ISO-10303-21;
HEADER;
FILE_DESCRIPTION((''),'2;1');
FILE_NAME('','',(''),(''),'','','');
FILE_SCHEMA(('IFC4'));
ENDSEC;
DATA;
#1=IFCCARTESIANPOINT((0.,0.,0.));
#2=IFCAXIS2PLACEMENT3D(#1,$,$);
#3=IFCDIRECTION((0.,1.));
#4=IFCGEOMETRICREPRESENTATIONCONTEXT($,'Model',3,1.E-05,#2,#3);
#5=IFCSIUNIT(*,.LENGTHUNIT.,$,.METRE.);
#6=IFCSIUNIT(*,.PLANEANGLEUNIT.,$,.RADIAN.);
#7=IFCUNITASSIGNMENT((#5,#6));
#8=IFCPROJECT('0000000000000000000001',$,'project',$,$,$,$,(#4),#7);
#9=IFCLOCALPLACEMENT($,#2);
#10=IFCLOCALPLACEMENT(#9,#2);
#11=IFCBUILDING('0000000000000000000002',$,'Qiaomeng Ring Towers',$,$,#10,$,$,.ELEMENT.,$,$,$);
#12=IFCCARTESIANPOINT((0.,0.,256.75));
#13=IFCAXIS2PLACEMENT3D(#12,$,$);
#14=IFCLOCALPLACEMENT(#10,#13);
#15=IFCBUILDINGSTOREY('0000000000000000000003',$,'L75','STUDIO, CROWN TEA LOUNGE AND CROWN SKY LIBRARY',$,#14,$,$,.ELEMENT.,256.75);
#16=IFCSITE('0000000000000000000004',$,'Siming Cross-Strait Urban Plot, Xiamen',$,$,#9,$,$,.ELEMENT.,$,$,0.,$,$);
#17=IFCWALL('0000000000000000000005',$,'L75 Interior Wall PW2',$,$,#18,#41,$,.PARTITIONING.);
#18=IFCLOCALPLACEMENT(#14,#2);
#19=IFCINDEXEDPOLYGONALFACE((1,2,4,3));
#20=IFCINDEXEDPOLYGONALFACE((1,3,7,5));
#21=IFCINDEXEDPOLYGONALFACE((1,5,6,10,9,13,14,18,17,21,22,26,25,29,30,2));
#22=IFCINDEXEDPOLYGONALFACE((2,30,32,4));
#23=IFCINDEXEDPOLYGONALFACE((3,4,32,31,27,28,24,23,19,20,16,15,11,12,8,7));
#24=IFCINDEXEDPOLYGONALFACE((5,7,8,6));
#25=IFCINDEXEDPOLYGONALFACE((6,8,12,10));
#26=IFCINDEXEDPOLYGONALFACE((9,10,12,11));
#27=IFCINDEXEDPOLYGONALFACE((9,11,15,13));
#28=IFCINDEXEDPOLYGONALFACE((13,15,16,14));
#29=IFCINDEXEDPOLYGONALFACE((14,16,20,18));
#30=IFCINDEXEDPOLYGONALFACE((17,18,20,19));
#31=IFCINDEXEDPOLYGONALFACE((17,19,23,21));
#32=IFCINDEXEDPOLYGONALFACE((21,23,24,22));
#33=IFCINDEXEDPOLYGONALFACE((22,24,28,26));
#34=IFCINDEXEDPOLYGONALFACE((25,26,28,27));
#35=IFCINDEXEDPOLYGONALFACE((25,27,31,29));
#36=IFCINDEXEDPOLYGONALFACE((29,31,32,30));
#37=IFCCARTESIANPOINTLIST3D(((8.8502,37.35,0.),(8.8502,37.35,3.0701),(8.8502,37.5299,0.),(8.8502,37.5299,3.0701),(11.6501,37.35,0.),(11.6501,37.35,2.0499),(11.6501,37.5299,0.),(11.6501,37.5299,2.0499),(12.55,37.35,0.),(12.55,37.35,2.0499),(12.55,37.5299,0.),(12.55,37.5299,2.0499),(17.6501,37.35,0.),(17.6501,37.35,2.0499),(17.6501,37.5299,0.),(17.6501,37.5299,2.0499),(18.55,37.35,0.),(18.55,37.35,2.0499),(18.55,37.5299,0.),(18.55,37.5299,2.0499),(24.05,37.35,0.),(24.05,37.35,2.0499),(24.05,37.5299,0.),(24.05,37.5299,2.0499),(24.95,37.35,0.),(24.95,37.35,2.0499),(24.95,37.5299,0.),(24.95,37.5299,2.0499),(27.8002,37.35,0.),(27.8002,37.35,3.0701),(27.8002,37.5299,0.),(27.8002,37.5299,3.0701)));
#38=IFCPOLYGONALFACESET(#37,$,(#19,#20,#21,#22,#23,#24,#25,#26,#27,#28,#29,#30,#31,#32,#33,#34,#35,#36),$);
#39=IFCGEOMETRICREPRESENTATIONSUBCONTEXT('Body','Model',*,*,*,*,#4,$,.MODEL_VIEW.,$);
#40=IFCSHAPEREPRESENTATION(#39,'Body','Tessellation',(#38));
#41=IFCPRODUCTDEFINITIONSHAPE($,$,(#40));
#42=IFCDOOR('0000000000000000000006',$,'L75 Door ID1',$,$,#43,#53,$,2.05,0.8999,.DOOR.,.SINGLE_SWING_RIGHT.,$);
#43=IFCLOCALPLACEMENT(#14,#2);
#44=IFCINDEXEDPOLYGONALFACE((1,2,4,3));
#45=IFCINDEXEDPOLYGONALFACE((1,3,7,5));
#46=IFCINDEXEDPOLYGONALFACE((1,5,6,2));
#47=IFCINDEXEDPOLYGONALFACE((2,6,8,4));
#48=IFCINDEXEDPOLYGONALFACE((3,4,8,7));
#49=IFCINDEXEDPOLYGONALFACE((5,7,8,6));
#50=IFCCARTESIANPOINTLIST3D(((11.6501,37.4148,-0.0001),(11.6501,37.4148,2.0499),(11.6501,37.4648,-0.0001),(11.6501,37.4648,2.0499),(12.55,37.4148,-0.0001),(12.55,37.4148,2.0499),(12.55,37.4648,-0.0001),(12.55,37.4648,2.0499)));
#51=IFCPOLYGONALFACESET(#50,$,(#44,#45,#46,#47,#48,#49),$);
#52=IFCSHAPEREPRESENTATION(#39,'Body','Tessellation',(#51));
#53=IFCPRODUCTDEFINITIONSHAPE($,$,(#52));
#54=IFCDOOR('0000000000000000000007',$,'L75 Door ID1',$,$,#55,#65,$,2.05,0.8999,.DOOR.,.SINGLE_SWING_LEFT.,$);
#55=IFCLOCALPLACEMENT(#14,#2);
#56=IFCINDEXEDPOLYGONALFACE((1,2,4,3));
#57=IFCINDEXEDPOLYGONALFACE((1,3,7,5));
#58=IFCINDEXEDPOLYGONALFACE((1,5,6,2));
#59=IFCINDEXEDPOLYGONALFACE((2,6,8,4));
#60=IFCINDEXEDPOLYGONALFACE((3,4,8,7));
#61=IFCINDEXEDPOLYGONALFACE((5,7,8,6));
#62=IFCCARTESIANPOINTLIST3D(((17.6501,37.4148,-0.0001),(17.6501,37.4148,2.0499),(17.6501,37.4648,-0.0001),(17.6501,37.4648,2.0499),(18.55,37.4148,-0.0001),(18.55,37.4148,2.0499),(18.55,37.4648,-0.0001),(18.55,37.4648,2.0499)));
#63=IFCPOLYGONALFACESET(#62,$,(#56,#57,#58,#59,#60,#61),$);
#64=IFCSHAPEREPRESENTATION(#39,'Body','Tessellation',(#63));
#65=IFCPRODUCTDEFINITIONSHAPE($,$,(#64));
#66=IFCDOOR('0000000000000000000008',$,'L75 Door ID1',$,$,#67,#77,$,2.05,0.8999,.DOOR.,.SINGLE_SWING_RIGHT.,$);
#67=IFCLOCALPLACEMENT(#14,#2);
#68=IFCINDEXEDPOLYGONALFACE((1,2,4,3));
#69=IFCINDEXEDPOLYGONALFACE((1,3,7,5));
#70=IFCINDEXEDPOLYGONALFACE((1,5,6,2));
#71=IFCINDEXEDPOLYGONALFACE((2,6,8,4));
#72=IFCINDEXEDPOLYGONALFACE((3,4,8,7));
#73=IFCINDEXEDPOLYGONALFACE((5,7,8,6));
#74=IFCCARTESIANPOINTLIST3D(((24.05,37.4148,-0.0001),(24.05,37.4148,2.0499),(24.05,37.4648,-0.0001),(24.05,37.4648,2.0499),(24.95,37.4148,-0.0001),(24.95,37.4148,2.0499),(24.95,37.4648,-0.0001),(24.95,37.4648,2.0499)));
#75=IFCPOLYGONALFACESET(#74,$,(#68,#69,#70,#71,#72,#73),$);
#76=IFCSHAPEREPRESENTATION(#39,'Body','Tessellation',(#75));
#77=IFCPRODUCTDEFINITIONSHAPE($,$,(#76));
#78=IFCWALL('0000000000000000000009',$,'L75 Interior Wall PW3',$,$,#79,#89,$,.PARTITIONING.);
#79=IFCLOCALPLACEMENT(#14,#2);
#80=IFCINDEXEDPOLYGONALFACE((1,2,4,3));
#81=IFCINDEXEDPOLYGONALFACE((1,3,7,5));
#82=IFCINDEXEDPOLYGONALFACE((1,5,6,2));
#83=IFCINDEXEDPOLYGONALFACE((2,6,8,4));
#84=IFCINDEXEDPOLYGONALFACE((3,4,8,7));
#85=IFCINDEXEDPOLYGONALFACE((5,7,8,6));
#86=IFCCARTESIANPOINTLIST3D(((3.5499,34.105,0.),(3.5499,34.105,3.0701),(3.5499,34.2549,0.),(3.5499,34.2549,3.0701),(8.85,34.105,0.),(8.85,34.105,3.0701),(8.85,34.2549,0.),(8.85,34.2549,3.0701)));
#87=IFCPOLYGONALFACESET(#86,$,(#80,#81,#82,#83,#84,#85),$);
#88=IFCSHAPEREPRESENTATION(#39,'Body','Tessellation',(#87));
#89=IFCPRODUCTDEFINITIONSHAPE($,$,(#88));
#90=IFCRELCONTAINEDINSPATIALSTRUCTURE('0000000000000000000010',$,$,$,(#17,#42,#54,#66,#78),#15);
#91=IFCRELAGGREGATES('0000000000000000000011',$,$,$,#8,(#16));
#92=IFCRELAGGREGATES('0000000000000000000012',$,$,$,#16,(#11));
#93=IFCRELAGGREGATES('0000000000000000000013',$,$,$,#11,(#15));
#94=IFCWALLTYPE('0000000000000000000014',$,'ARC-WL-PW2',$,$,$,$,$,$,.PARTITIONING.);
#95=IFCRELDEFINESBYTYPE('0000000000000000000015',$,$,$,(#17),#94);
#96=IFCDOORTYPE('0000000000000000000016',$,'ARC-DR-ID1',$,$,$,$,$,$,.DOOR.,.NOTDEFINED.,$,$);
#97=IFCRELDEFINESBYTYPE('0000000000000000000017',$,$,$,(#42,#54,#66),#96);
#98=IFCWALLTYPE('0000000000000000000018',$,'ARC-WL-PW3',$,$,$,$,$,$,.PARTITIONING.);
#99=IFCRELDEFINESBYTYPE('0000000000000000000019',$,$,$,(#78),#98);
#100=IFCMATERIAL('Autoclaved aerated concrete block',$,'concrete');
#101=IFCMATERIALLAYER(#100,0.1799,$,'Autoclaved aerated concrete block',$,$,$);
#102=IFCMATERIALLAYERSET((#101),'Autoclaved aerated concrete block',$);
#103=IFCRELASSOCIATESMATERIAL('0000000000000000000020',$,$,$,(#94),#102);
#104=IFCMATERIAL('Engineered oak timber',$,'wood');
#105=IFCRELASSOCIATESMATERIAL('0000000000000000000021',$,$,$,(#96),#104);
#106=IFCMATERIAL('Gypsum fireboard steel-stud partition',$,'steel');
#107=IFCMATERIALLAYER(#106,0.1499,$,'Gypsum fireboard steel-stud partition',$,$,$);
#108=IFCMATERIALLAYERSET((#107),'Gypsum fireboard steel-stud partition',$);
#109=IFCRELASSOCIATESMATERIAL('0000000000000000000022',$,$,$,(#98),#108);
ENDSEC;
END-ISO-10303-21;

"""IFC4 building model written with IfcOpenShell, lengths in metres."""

from ifc_helpers import new_model, si_unit, direction, frame, frame_2d, origin, place, context, subcontext, project, spatial, rectangle, extrude, source, transform, mapped, material, layer, layer_set, type_object, element, fill, save


model = new_model("IFC4")

# Units and contexts
model_context = context("Model", 3, precision=1e-05, world=origin(), true_north=direction((0.0, 1.0)))
body_context = subcontext(model_context, "Body", "Model", "MODEL_VIEW")
ifc_project = project(units=[si_unit("LENGTHUNIT", "METRE"), si_unit("PLANEANGLEUNIT", "RADIAN")], contexts=[model_context])

# Site, building, storey
site_placement = place(None, origin())
site = spatial("IfcSite", under=ifc_project, at=site_placement, Name="Siming Cross-Strait Urban Plot, Xiamen", CompositionType="ELEMENT", RefElevation=0.0)
building_placement = place(site_placement, origin())
building = spatial("IfcBuilding", under=site, at=building_placement, Name="Qiaomeng Ring Towers", CompositionType="ELEMENT")
storey_placement = place(building_placement, frame((0.0, 0.0, 256.75)))
storey = spatial("IfcBuildingStorey", under=building, at=storey_placement, Name="L75", Description="STUDIO, CROWN TEA LOUNGE AND CROWN SKY LIBRARY", CompositionType="ELEMENT", Elevation=256.75)

# Shared definitions
ifc_material_1 = material(Name="Autoclaved aerated concrete block", Category="concrete")
ifc_layer_1 = layer(ifc_material_1, 0.1799, Name="Autoclaved aerated concrete block")
ifc_layer_set_1 = layer_set([ifc_layer_1], Name="Autoclaved aerated concrete block")
wall_type_1 = type_object("IfcWallType", Name="ARC-WL-PW2", PredefinedType="PARTITIONING", material=ifc_layer_set_1)

# Wall, openings, doors
wall_1_placement = place(storey_placement, frame((8.8501, 37.4399, 0.0), z_axis=(0.0, 0.0, 1.0), x_axis=(1.0, 0.0, 0.0)))
wall_1 = element("IfcWall", 1, at=wall_1_placement, inside=storey, type_object=wall_type_1, Name="L75 Interior Wall PW2", PredefinedType="PARTITIONING", context=body_context, shape_type="SweptSolid", body=[
    extrude(rectangle(XDim=18.95, YDim=0.1799, at=frame_2d((9.4751, 0.0))), origin(), (0.0, 0.0, 1.0), 3.0701),
])
opening_1_placement = place(wall_1_placement, frame((2.8, 0.0, 0.0)))
opening_1 = element("IfcOpeningElement", 2, at=opening_1_placement, cuts=wall_1, PredefinedType="OPENING", context=body_context, shape_type="SweptSolid", body=[
    extrude(rectangle(XDim=0.8999, YDim=2.05, at=frame_2d((0.45, 1.0249))), frame((0.0, 0.0999, 0.0), z_axis=(0.0, -1.0, 0.0), x_axis=(1.0, 0.0, 0.0)), (0.0, 0.0, 1.0), 0.2),
])
opening_2_placement = place(wall_1_placement, frame((8.8, 0.0, 0.0)))
opening_2 = element("IfcOpeningElement", 3, at=opening_2_placement, cuts=wall_1, PredefinedType="OPENING", context=body_context, shape_type="SweptSolid", body=[
    extrude(rectangle(XDim=0.8999, YDim=2.05, at=frame_2d((0.45, 1.0249))), frame((0.0, 0.0999, 0.0), z_axis=(0.0, -1.0, 0.0), x_axis=(1.0, 0.0, 0.0)), (0.0, 0.0, 1.0), 0.2),
])
opening_3_placement = place(wall_1_placement, frame((15.2, 0.0, 0.0)))
opening_3 = element("IfcOpeningElement", 4, at=opening_3_placement, cuts=wall_1, PredefinedType="OPENING", context=body_context, shape_type="SweptSolid", body=[
    extrude(rectangle(XDim=0.8999, YDim=2.05, at=frame_2d((0.45, 1.0249))), frame((0.0, 0.0999, 0.0), z_axis=(0.0, -1.0, 0.0), x_axis=(1.0, 0.0, 0.0)), (0.0, 0.0, 1.0), 0.2),
])
ifc_material_2 = material(Name="Engineered oak timber", Category="wood")
door_type_1 = type_object("IfcDoorType", Name="ARC-DR-ID1", OperationType="NOTDEFINED", PredefinedType="DOOR", material=ifc_material_2)
shared_shape_1 = source(origin(), body_context, "Body", "SweptSolid", [
    extrude(rectangle(XDim=0.8999, YDim=2.05, at=frame_2d((0.45, 1.0249))), frame((0.0, 0.0249, 0.0), z_axis=(0.0, -1.0, 0.0), x_axis=(1.0, 0.0, 0.0)), (0.0, 0.0, 1.0), 0.05),
])
door_1_placement = place(opening_1_placement, origin())
door_1 = element("IfcDoor", 5, at=door_1_placement, inside=storey, type_object=door_type_1, Name="L75 Door ID1", OperationType="SINGLE_SWING_RIGHT", OverallHeight=2.05, OverallWidth=0.8999, PredefinedType="DOOR", context=body_context, shape_type="MappedRepresentation", body=[
    mapped(shared_shape_1, transform((0.0, 0.0, 0.0), x_axis=(1.0, 0.0, 0.0), y_axis=(0.0, 1.0, 0.0), z_axis=(0.0, 0.0, 1.0), scale=1.0)),
])
fill(opening_1, door_1)
door_2_placement = place(opening_2_placement, origin())
door_2 = element("IfcDoor", 6, at=door_2_placement, inside=storey, type_object=door_type_1, Name="L75 Door ID1", OperationType="SINGLE_SWING_LEFT", OverallHeight=2.05, OverallWidth=0.8999, PredefinedType="DOOR", context=body_context, shape_type="MappedRepresentation", body=[
    mapped(shared_shape_1, transform((0.0, 0.0, 0.0), x_axis=(1.0, 0.0, 0.0), y_axis=(0.0, 1.0, 0.0), z_axis=(0.0, 0.0, 1.0), scale=1.0)),
])
fill(opening_2, door_2)
door_3_placement = place(opening_3_placement, origin())
door_3 = element("IfcDoor", 7, at=door_3_placement, inside=storey, type_object=door_type_1, Name="L75 Door ID1", OperationType="SINGLE_SWING_RIGHT", OverallHeight=2.05, OverallWidth=0.8999, PredefinedType="DOOR", context=body_context, shape_type="MappedRepresentation", body=[
    mapped(shared_shape_1, transform((0.0, 0.0, 0.0), x_axis=(1.0, 0.0, 0.0), y_axis=(0.0, 1.0, 0.0), z_axis=(0.0, 0.0, 1.0), scale=1.0)),
])
fill(opening_3, door_3)

# Wall
ifc_material_3 = material(Name="Gypsum fireboard steel-stud partition", Category="steel")
ifc_layer_2 = layer(ifc_material_3, 0.1499, Name="Gypsum fireboard steel-stud partition")
ifc_layer_set_2 = layer_set([ifc_layer_2], Name="Gypsum fireboard steel-stud partition")
wall_type_2 = type_object("IfcWallType", Name="ARC-WL-PW3", PredefinedType="PARTITIONING", material=ifc_layer_set_2)
wall_2_placement = place(storey_placement, frame((3.55, 34.1799, 0.0), z_axis=(0.0, 0.0, 1.0), x_axis=(1.0, 0.0, 0.0)))
element("IfcWall", 8, at=wall_2_placement, inside=storey, type_object=wall_type_2, Name="L75 Interior Wall PW3", PredefinedType="PARTITIONING", context=body_context, shape_type="SweptSolid", body=[
    extrude(rectangle(XDim=5.3, YDim=0.1499, at=frame_2d((2.6499, 0.0))), origin(), (0.0, 0.0, 1.0), 3.0701),
])

save(model, "model.ifc")
